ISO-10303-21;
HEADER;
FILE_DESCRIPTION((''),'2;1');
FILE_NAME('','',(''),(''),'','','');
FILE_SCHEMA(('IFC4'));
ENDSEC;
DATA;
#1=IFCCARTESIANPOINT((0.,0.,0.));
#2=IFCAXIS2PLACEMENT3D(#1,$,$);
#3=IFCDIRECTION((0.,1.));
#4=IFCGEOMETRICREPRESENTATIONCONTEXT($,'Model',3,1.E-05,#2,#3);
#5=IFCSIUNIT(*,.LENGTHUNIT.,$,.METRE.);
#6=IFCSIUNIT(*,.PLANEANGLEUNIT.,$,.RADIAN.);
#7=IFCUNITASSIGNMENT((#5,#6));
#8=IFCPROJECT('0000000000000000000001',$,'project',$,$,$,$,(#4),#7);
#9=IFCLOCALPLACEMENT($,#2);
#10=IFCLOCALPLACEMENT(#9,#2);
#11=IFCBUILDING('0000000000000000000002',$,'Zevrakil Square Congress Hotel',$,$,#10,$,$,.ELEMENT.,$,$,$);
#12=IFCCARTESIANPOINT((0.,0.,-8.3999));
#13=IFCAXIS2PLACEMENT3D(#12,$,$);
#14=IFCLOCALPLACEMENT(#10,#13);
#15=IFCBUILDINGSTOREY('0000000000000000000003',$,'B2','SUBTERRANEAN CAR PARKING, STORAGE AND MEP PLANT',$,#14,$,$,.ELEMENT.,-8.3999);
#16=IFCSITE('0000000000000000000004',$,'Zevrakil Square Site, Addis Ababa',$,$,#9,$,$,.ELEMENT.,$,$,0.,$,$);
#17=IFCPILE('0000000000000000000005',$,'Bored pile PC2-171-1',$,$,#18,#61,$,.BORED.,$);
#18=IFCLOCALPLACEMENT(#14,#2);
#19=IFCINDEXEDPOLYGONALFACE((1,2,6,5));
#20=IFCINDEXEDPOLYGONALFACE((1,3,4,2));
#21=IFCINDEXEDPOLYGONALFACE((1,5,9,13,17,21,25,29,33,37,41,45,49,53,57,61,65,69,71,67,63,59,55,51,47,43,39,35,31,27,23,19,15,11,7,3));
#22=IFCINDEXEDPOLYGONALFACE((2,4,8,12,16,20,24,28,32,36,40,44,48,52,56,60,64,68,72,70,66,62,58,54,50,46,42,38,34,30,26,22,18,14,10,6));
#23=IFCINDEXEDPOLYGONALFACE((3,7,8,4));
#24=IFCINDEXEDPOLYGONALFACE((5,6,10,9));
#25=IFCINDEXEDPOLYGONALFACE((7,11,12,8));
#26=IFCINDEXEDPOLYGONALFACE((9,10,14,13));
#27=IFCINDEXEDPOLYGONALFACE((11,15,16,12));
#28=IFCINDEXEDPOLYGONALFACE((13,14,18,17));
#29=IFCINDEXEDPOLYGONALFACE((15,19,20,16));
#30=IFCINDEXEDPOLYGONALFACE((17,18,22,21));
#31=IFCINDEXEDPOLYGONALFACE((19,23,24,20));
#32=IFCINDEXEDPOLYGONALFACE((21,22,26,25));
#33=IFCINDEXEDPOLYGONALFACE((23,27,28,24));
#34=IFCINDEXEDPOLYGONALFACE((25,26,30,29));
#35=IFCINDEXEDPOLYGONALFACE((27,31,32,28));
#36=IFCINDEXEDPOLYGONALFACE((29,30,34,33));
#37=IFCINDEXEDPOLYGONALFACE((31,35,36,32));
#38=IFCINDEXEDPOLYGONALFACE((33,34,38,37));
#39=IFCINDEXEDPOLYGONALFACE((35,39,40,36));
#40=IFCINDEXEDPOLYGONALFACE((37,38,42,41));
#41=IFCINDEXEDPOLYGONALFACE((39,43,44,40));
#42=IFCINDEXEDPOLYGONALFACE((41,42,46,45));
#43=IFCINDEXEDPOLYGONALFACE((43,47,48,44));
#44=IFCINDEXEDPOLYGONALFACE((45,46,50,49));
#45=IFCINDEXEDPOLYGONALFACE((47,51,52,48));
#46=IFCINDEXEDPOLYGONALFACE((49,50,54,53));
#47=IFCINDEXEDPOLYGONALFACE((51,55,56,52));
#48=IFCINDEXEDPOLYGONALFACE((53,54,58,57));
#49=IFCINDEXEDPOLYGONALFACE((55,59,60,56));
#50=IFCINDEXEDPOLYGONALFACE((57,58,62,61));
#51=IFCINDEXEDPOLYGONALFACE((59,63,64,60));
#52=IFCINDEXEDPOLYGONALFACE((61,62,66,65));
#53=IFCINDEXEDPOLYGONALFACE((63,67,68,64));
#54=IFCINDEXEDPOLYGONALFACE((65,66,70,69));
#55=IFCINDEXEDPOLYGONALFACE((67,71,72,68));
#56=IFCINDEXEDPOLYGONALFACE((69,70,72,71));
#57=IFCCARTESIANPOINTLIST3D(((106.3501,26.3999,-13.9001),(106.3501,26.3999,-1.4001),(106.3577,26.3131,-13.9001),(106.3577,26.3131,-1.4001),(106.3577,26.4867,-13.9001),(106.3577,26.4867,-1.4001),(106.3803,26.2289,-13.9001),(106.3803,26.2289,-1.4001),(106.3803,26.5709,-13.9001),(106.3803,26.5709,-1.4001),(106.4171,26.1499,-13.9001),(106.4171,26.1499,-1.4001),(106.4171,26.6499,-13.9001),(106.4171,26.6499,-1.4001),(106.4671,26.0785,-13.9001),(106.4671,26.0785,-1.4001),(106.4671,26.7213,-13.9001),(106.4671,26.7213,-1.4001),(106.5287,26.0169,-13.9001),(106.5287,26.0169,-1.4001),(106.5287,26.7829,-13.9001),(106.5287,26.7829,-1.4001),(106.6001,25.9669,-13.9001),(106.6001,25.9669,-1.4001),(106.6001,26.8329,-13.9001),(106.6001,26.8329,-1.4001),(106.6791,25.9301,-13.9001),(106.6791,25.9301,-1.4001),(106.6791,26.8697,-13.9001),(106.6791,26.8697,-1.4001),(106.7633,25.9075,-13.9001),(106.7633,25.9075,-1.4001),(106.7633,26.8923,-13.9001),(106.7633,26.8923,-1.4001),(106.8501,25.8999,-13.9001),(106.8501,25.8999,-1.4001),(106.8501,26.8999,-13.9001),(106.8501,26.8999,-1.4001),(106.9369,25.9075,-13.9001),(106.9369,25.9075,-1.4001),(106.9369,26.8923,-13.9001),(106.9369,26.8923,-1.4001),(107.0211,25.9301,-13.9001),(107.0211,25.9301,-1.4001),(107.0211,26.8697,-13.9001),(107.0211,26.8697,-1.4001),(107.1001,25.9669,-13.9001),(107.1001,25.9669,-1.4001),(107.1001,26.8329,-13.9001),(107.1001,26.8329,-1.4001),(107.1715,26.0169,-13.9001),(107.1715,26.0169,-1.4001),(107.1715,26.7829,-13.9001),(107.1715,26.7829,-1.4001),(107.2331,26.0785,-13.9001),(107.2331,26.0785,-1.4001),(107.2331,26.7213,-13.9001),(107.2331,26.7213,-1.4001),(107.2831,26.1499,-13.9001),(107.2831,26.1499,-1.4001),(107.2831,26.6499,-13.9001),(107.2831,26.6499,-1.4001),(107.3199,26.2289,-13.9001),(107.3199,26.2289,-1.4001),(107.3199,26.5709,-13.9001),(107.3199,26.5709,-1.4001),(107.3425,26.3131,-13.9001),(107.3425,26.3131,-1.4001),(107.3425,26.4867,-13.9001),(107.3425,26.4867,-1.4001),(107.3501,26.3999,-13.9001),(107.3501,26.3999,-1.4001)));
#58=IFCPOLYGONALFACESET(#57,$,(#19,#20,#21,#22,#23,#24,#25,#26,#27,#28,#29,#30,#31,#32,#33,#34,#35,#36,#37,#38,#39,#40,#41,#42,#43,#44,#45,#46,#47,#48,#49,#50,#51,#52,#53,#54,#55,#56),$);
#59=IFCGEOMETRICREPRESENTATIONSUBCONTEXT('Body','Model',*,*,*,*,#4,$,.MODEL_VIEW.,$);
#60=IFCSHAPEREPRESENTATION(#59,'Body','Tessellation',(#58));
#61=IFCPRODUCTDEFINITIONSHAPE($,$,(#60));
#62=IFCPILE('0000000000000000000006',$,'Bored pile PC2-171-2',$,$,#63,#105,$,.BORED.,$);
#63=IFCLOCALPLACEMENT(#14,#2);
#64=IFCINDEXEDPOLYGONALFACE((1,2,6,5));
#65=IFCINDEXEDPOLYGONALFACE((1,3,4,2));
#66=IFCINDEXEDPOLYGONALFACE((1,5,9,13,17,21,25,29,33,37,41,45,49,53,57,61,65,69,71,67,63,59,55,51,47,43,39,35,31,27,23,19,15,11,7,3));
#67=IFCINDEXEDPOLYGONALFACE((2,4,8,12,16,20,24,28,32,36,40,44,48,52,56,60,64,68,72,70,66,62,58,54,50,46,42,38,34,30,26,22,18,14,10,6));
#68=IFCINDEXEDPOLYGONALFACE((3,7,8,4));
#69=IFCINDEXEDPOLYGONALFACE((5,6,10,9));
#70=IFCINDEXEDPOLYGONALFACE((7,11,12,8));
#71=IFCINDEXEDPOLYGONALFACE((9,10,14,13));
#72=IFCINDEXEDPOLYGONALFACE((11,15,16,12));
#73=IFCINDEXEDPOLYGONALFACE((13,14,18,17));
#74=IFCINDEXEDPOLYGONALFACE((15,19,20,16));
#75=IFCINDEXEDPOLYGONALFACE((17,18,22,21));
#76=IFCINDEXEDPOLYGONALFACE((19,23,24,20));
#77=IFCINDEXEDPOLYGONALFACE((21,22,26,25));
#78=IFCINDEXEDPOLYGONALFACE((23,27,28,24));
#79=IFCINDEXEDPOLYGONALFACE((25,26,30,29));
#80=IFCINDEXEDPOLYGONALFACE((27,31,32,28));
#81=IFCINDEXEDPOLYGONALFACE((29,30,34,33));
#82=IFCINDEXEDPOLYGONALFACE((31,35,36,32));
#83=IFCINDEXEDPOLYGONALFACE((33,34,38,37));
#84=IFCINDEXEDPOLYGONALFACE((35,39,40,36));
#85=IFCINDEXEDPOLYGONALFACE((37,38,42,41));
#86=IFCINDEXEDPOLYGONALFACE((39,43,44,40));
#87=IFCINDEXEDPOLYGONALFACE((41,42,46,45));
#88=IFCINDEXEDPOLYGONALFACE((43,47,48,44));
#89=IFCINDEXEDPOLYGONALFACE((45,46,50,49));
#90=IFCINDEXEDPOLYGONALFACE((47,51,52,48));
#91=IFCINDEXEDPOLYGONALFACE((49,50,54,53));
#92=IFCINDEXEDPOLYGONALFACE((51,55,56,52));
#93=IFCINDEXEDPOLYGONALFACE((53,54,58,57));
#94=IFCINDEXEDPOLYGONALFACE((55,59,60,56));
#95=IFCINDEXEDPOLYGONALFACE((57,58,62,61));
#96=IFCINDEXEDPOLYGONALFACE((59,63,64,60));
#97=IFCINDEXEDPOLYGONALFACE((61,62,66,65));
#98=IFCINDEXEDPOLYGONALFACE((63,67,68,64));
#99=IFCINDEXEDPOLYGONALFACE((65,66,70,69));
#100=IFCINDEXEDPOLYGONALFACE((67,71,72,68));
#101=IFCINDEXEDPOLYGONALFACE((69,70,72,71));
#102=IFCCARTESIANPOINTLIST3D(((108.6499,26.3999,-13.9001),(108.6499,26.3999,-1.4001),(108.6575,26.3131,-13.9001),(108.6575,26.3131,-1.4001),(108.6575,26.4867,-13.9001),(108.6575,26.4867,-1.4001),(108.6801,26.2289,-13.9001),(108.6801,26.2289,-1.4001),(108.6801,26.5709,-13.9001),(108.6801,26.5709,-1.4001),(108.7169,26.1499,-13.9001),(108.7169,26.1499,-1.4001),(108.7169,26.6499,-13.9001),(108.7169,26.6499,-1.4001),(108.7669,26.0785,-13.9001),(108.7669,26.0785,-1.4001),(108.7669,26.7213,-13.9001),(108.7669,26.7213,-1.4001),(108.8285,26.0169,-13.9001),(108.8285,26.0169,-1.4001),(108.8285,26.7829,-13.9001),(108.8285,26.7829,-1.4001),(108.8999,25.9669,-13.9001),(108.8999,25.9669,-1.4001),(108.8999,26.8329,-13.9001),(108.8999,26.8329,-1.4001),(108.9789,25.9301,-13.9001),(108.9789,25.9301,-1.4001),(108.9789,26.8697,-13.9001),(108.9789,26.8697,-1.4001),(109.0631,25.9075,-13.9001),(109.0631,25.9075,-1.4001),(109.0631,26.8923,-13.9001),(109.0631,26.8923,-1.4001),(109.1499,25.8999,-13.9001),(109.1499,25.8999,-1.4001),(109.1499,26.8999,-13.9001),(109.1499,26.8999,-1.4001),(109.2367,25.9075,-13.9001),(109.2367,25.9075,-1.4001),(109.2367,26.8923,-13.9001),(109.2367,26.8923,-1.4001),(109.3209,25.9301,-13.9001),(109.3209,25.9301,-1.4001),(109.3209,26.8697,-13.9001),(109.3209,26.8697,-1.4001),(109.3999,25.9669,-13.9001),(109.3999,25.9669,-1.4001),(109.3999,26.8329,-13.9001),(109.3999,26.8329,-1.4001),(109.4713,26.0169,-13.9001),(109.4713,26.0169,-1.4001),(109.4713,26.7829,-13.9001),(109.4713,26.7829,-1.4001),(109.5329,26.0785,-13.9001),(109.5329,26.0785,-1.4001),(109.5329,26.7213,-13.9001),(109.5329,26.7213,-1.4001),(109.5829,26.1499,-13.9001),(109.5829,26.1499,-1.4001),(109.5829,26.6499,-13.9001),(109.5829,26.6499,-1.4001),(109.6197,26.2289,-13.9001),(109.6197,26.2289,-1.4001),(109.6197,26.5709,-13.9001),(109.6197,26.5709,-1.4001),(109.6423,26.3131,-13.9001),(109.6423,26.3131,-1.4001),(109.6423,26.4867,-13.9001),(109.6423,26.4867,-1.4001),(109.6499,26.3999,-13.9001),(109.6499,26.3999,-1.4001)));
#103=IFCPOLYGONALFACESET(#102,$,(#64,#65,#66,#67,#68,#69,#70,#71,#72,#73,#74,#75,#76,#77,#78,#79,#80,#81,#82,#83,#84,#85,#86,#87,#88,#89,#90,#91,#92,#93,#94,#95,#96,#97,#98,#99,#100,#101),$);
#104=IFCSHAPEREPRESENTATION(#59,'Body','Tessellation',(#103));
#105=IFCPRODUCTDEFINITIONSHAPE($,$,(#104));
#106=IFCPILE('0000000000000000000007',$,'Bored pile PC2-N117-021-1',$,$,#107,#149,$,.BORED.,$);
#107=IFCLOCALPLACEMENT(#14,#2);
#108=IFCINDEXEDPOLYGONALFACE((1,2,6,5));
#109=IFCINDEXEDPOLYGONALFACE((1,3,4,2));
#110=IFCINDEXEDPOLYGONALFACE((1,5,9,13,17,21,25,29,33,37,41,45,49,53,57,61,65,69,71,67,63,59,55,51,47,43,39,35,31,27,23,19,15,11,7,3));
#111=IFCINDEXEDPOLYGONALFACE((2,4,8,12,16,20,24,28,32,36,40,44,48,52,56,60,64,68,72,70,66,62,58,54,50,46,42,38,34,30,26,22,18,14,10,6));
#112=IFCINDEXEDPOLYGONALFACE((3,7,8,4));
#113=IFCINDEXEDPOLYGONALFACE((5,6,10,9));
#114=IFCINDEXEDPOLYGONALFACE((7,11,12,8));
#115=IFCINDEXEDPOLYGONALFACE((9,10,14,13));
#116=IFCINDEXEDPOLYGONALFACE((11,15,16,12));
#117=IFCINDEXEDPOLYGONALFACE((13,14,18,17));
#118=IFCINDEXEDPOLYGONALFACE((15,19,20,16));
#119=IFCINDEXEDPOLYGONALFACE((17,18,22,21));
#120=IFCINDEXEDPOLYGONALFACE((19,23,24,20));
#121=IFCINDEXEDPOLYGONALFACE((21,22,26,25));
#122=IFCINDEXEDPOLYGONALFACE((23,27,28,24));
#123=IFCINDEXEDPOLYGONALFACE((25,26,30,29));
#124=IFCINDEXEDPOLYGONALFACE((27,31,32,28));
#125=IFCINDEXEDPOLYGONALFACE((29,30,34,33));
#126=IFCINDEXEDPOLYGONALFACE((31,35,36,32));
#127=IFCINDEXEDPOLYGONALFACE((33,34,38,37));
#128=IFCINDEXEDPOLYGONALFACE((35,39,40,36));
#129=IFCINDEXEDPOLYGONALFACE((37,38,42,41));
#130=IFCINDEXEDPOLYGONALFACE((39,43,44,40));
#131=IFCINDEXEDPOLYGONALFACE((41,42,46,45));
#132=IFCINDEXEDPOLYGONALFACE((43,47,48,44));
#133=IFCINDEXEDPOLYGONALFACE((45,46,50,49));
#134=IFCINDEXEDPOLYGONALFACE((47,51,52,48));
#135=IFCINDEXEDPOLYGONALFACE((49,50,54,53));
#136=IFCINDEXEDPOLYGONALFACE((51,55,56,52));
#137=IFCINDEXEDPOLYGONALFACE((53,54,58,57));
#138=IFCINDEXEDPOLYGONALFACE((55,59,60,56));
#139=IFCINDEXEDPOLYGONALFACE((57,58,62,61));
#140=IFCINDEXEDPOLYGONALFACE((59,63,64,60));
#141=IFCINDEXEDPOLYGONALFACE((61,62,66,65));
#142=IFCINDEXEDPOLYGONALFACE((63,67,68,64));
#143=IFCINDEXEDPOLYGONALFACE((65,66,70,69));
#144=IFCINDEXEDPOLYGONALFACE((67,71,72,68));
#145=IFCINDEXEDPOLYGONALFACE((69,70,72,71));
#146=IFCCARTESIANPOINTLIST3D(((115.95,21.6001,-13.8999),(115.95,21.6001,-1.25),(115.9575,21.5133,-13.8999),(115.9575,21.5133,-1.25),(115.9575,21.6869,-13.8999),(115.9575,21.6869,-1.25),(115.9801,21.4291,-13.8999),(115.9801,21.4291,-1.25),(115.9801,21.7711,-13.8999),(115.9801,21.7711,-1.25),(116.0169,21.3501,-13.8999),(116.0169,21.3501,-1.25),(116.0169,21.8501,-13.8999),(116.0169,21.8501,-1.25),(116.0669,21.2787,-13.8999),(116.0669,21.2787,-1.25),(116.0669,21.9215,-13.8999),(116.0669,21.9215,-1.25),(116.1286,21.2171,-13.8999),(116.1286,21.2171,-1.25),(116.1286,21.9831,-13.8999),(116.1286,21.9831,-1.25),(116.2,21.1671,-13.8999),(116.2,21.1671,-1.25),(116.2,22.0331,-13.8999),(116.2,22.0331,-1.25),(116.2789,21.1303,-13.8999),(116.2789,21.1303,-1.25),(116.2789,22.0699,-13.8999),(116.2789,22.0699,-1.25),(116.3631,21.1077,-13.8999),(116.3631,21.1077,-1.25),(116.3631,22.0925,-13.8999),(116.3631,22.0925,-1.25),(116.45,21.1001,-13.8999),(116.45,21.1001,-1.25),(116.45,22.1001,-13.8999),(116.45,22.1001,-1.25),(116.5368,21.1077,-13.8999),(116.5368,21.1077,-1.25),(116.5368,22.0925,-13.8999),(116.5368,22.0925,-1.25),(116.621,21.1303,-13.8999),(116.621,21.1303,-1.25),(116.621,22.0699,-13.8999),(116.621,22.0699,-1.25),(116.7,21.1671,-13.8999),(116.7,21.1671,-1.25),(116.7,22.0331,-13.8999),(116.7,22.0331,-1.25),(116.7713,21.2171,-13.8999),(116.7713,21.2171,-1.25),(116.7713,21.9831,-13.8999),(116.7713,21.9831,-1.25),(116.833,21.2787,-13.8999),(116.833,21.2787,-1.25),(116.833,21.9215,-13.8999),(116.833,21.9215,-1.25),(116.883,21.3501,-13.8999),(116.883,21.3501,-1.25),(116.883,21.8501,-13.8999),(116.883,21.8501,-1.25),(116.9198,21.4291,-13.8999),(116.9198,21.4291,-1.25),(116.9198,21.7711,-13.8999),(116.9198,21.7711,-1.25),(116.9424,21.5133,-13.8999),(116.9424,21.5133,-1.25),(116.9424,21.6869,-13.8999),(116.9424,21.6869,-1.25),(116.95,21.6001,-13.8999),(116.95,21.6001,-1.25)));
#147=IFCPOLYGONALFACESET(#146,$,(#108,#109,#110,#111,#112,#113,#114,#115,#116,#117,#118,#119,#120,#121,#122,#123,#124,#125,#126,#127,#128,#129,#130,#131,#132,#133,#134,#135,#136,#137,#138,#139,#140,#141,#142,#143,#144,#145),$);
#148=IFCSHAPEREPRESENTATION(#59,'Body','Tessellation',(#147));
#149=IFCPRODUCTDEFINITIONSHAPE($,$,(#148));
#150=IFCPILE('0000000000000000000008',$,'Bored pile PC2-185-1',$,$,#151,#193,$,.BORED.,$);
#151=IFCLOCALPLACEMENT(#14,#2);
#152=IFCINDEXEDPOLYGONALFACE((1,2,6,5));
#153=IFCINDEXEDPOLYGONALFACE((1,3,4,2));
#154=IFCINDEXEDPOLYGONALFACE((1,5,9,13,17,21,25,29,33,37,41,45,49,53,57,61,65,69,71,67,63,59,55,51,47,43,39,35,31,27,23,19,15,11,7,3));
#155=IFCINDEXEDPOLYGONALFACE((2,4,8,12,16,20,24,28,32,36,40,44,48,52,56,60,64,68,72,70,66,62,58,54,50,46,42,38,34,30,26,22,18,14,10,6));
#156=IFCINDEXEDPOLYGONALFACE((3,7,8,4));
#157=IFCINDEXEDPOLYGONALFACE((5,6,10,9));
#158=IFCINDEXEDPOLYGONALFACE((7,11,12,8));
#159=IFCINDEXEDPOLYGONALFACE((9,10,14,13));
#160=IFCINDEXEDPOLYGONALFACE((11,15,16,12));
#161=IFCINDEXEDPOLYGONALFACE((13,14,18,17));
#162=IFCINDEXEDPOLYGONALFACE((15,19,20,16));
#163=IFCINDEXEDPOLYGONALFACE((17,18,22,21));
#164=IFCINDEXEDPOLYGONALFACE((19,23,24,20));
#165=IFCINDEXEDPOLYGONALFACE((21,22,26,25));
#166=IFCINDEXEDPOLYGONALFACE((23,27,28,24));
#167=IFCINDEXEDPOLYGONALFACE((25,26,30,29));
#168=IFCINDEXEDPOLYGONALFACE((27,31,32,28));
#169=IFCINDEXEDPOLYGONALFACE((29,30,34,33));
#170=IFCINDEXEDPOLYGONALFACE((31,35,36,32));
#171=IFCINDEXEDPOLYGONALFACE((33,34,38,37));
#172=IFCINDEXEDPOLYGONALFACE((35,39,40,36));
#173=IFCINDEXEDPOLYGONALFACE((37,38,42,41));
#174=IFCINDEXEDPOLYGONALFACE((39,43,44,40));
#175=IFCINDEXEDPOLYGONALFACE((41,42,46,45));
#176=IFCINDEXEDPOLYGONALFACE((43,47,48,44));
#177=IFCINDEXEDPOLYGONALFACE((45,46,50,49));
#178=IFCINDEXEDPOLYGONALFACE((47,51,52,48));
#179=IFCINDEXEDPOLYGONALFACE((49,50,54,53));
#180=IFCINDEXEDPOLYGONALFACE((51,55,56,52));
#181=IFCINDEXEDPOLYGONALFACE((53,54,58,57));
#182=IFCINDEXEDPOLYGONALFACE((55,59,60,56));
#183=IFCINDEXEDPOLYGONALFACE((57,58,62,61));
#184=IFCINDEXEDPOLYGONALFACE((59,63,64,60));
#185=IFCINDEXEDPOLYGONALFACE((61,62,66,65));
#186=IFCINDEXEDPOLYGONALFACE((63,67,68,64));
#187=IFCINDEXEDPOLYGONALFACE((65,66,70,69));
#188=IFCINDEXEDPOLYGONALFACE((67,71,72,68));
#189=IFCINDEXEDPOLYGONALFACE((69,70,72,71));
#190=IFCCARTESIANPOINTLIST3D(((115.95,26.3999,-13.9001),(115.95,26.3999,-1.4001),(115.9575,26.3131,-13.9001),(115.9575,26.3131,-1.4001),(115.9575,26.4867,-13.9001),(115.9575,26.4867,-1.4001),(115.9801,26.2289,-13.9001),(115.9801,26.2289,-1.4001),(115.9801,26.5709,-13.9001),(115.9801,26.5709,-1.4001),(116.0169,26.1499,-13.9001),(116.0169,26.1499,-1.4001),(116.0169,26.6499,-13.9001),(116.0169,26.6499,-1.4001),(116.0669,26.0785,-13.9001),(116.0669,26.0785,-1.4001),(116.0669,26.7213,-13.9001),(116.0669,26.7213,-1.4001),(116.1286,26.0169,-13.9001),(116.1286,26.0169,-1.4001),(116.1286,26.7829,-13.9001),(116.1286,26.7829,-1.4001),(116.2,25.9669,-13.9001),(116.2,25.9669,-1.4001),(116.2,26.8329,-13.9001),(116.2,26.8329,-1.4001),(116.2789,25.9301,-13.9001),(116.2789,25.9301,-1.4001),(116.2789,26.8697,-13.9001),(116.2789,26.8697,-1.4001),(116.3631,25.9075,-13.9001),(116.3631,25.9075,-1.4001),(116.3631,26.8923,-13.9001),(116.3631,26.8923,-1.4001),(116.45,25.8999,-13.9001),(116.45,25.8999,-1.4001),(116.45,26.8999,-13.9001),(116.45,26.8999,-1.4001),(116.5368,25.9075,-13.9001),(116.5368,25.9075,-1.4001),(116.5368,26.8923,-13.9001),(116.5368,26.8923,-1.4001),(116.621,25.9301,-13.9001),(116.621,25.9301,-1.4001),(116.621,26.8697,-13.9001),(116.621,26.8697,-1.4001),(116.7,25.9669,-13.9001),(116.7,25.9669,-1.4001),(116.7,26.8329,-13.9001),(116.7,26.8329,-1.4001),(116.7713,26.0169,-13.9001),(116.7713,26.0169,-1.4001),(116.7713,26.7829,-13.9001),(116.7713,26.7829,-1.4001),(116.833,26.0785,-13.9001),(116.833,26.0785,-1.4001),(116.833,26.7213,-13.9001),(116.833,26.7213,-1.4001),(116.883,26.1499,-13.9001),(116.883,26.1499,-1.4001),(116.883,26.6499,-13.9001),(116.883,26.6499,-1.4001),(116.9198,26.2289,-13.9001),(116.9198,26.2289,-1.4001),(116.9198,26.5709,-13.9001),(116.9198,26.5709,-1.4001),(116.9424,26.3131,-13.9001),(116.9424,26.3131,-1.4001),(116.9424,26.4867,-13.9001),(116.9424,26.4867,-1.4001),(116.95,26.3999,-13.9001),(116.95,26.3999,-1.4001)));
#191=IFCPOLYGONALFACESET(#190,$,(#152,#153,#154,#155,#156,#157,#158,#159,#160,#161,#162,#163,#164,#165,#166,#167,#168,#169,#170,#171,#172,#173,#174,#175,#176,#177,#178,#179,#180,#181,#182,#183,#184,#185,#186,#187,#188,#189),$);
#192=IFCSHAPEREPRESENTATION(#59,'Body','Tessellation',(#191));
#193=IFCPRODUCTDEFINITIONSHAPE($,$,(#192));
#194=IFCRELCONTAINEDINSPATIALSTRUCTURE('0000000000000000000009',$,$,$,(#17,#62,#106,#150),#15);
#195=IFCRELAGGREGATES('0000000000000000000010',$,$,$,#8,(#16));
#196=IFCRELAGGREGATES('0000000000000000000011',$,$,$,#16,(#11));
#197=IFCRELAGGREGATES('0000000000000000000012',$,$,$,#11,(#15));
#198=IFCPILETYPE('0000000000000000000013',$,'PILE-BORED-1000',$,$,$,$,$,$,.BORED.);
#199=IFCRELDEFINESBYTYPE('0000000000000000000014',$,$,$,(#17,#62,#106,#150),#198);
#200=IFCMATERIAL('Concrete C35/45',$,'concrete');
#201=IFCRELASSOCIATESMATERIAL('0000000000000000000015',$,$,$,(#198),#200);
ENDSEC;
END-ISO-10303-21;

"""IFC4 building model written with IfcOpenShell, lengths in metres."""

from ifc_helpers import new_model, si_unit, direction, frame, origin, origin_2d, place, context, subcontext, project, spatial, circle, extrude, material, material_profile, profile_set, type_object, element, save


model = new_model("IFC4")

# Units and contexts
model_context = context("Model", 3, precision=1e-05, world=origin(), true_north=direction((0.0, 1.0)))
body_context = subcontext(model_context, "Body", "Model", "MODEL_VIEW")
ifc_project = project(units=[si_unit("LENGTHUNIT", "METRE"), si_unit("PLANEANGLEUNIT", "RADIAN")], contexts=[model_context])

# Site, building, storey
site_placement = place(None, origin())
site = spatial("IfcSite", under=ifc_project, at=site_placement, Name="Zevrakil Square Site, Addis Ababa", CompositionType="ELEMENT", RefElevation=0.0)
building_placement = place(site_placement, origin())
building = spatial("IfcBuilding", under=site, at=building_placement, Name="Zevrakil Square Congress Hotel", CompositionType="ELEMENT")
storey_placement = place(building_placement, frame((0.0, 0.0, -8.3999)))
storey = spatial("IfcBuildingStorey", under=building, at=storey_placement, Name="B2", Description="SUBTERRANEAN CAR PARKING, STORAGE AND MEP PLANT", CompositionType="ELEMENT", Elevation=-8.3999)

# Piles
ifc_material_1 = material(Name="Concrete C35/45", Category="concrete")
ifc_material_profile_1 = material_profile(ifc_material_1, circle(Radius=0.5, at=origin_2d()), Name="PILE D1000")
ifc_profile_set_1 = profile_set([ifc_material_profile_1], Name="Concrete C35/45")
pile_type = type_object("IfcPileType", Name="PILE-BORED-1000", PredefinedType="BORED", material=ifc_profile_set_1)
for number, where, z_axis, x_axis, name in (
    (1, (106.8501, 26.3999, -1.4001), (0.0, 0.0, -1.0), (1.0, 0.0, 0.0), "Bored pile PC2-171-1"),
    (2, (109.1499, 26.3999, -1.4001), (0.0, 0.0, -1.0), (1.0, 0.0, 0.0), "Bored pile PC2-171-2"),
):
    element("IfcPile", number, at=place(storey_placement, frame(where, z_axis=z_axis, x_axis=x_axis)), inside=storey, type_object=pile_type, Name=name, PredefinedType="BORED", context=body_context, shape_type="SweptSolid", body=[
        extrude(circle(Radius=0.5, at=origin_2d()), origin(), (0.0, 0.0, 1.0), 12.5),
    ])
pile_1_placement = place(storey_placement, frame((116.45, 21.6001, -1.25), z_axis=(0.0, 0.0, -1.0), x_axis=(1.0, 0.0, 0.0)))
element("IfcPile", 3, at=pile_1_placement, inside=storey, type_object=pile_type, Name="Bored pile PC2-N117-021-1", PredefinedType="BORED", context=body_context, shape_type="SweptSolid", body=[
    extrude(circle(Radius=0.5, at=origin_2d()), origin(), (0.0, 0.0, 1.0), 12.6499),
])
pile_2_placement = place(storey_placement, frame((116.45, 26.3999, -1.4001), z_axis=(0.0, 0.0, -1.0), x_axis=(1.0, 0.0, 0.0)))
element("IfcPile", 4, at=pile_2_placement, inside=storey, type_object=pile_type, Name="Bored pile PC2-185-1", PredefinedType="BORED", context=body_context, shape_type="SweptSolid", body=[
    extrude(circle(Radius=0.5, at=origin_2d()), origin(), (0.0, 0.0, 1.0), 12.5),
])

save(model, "model.ifc")
